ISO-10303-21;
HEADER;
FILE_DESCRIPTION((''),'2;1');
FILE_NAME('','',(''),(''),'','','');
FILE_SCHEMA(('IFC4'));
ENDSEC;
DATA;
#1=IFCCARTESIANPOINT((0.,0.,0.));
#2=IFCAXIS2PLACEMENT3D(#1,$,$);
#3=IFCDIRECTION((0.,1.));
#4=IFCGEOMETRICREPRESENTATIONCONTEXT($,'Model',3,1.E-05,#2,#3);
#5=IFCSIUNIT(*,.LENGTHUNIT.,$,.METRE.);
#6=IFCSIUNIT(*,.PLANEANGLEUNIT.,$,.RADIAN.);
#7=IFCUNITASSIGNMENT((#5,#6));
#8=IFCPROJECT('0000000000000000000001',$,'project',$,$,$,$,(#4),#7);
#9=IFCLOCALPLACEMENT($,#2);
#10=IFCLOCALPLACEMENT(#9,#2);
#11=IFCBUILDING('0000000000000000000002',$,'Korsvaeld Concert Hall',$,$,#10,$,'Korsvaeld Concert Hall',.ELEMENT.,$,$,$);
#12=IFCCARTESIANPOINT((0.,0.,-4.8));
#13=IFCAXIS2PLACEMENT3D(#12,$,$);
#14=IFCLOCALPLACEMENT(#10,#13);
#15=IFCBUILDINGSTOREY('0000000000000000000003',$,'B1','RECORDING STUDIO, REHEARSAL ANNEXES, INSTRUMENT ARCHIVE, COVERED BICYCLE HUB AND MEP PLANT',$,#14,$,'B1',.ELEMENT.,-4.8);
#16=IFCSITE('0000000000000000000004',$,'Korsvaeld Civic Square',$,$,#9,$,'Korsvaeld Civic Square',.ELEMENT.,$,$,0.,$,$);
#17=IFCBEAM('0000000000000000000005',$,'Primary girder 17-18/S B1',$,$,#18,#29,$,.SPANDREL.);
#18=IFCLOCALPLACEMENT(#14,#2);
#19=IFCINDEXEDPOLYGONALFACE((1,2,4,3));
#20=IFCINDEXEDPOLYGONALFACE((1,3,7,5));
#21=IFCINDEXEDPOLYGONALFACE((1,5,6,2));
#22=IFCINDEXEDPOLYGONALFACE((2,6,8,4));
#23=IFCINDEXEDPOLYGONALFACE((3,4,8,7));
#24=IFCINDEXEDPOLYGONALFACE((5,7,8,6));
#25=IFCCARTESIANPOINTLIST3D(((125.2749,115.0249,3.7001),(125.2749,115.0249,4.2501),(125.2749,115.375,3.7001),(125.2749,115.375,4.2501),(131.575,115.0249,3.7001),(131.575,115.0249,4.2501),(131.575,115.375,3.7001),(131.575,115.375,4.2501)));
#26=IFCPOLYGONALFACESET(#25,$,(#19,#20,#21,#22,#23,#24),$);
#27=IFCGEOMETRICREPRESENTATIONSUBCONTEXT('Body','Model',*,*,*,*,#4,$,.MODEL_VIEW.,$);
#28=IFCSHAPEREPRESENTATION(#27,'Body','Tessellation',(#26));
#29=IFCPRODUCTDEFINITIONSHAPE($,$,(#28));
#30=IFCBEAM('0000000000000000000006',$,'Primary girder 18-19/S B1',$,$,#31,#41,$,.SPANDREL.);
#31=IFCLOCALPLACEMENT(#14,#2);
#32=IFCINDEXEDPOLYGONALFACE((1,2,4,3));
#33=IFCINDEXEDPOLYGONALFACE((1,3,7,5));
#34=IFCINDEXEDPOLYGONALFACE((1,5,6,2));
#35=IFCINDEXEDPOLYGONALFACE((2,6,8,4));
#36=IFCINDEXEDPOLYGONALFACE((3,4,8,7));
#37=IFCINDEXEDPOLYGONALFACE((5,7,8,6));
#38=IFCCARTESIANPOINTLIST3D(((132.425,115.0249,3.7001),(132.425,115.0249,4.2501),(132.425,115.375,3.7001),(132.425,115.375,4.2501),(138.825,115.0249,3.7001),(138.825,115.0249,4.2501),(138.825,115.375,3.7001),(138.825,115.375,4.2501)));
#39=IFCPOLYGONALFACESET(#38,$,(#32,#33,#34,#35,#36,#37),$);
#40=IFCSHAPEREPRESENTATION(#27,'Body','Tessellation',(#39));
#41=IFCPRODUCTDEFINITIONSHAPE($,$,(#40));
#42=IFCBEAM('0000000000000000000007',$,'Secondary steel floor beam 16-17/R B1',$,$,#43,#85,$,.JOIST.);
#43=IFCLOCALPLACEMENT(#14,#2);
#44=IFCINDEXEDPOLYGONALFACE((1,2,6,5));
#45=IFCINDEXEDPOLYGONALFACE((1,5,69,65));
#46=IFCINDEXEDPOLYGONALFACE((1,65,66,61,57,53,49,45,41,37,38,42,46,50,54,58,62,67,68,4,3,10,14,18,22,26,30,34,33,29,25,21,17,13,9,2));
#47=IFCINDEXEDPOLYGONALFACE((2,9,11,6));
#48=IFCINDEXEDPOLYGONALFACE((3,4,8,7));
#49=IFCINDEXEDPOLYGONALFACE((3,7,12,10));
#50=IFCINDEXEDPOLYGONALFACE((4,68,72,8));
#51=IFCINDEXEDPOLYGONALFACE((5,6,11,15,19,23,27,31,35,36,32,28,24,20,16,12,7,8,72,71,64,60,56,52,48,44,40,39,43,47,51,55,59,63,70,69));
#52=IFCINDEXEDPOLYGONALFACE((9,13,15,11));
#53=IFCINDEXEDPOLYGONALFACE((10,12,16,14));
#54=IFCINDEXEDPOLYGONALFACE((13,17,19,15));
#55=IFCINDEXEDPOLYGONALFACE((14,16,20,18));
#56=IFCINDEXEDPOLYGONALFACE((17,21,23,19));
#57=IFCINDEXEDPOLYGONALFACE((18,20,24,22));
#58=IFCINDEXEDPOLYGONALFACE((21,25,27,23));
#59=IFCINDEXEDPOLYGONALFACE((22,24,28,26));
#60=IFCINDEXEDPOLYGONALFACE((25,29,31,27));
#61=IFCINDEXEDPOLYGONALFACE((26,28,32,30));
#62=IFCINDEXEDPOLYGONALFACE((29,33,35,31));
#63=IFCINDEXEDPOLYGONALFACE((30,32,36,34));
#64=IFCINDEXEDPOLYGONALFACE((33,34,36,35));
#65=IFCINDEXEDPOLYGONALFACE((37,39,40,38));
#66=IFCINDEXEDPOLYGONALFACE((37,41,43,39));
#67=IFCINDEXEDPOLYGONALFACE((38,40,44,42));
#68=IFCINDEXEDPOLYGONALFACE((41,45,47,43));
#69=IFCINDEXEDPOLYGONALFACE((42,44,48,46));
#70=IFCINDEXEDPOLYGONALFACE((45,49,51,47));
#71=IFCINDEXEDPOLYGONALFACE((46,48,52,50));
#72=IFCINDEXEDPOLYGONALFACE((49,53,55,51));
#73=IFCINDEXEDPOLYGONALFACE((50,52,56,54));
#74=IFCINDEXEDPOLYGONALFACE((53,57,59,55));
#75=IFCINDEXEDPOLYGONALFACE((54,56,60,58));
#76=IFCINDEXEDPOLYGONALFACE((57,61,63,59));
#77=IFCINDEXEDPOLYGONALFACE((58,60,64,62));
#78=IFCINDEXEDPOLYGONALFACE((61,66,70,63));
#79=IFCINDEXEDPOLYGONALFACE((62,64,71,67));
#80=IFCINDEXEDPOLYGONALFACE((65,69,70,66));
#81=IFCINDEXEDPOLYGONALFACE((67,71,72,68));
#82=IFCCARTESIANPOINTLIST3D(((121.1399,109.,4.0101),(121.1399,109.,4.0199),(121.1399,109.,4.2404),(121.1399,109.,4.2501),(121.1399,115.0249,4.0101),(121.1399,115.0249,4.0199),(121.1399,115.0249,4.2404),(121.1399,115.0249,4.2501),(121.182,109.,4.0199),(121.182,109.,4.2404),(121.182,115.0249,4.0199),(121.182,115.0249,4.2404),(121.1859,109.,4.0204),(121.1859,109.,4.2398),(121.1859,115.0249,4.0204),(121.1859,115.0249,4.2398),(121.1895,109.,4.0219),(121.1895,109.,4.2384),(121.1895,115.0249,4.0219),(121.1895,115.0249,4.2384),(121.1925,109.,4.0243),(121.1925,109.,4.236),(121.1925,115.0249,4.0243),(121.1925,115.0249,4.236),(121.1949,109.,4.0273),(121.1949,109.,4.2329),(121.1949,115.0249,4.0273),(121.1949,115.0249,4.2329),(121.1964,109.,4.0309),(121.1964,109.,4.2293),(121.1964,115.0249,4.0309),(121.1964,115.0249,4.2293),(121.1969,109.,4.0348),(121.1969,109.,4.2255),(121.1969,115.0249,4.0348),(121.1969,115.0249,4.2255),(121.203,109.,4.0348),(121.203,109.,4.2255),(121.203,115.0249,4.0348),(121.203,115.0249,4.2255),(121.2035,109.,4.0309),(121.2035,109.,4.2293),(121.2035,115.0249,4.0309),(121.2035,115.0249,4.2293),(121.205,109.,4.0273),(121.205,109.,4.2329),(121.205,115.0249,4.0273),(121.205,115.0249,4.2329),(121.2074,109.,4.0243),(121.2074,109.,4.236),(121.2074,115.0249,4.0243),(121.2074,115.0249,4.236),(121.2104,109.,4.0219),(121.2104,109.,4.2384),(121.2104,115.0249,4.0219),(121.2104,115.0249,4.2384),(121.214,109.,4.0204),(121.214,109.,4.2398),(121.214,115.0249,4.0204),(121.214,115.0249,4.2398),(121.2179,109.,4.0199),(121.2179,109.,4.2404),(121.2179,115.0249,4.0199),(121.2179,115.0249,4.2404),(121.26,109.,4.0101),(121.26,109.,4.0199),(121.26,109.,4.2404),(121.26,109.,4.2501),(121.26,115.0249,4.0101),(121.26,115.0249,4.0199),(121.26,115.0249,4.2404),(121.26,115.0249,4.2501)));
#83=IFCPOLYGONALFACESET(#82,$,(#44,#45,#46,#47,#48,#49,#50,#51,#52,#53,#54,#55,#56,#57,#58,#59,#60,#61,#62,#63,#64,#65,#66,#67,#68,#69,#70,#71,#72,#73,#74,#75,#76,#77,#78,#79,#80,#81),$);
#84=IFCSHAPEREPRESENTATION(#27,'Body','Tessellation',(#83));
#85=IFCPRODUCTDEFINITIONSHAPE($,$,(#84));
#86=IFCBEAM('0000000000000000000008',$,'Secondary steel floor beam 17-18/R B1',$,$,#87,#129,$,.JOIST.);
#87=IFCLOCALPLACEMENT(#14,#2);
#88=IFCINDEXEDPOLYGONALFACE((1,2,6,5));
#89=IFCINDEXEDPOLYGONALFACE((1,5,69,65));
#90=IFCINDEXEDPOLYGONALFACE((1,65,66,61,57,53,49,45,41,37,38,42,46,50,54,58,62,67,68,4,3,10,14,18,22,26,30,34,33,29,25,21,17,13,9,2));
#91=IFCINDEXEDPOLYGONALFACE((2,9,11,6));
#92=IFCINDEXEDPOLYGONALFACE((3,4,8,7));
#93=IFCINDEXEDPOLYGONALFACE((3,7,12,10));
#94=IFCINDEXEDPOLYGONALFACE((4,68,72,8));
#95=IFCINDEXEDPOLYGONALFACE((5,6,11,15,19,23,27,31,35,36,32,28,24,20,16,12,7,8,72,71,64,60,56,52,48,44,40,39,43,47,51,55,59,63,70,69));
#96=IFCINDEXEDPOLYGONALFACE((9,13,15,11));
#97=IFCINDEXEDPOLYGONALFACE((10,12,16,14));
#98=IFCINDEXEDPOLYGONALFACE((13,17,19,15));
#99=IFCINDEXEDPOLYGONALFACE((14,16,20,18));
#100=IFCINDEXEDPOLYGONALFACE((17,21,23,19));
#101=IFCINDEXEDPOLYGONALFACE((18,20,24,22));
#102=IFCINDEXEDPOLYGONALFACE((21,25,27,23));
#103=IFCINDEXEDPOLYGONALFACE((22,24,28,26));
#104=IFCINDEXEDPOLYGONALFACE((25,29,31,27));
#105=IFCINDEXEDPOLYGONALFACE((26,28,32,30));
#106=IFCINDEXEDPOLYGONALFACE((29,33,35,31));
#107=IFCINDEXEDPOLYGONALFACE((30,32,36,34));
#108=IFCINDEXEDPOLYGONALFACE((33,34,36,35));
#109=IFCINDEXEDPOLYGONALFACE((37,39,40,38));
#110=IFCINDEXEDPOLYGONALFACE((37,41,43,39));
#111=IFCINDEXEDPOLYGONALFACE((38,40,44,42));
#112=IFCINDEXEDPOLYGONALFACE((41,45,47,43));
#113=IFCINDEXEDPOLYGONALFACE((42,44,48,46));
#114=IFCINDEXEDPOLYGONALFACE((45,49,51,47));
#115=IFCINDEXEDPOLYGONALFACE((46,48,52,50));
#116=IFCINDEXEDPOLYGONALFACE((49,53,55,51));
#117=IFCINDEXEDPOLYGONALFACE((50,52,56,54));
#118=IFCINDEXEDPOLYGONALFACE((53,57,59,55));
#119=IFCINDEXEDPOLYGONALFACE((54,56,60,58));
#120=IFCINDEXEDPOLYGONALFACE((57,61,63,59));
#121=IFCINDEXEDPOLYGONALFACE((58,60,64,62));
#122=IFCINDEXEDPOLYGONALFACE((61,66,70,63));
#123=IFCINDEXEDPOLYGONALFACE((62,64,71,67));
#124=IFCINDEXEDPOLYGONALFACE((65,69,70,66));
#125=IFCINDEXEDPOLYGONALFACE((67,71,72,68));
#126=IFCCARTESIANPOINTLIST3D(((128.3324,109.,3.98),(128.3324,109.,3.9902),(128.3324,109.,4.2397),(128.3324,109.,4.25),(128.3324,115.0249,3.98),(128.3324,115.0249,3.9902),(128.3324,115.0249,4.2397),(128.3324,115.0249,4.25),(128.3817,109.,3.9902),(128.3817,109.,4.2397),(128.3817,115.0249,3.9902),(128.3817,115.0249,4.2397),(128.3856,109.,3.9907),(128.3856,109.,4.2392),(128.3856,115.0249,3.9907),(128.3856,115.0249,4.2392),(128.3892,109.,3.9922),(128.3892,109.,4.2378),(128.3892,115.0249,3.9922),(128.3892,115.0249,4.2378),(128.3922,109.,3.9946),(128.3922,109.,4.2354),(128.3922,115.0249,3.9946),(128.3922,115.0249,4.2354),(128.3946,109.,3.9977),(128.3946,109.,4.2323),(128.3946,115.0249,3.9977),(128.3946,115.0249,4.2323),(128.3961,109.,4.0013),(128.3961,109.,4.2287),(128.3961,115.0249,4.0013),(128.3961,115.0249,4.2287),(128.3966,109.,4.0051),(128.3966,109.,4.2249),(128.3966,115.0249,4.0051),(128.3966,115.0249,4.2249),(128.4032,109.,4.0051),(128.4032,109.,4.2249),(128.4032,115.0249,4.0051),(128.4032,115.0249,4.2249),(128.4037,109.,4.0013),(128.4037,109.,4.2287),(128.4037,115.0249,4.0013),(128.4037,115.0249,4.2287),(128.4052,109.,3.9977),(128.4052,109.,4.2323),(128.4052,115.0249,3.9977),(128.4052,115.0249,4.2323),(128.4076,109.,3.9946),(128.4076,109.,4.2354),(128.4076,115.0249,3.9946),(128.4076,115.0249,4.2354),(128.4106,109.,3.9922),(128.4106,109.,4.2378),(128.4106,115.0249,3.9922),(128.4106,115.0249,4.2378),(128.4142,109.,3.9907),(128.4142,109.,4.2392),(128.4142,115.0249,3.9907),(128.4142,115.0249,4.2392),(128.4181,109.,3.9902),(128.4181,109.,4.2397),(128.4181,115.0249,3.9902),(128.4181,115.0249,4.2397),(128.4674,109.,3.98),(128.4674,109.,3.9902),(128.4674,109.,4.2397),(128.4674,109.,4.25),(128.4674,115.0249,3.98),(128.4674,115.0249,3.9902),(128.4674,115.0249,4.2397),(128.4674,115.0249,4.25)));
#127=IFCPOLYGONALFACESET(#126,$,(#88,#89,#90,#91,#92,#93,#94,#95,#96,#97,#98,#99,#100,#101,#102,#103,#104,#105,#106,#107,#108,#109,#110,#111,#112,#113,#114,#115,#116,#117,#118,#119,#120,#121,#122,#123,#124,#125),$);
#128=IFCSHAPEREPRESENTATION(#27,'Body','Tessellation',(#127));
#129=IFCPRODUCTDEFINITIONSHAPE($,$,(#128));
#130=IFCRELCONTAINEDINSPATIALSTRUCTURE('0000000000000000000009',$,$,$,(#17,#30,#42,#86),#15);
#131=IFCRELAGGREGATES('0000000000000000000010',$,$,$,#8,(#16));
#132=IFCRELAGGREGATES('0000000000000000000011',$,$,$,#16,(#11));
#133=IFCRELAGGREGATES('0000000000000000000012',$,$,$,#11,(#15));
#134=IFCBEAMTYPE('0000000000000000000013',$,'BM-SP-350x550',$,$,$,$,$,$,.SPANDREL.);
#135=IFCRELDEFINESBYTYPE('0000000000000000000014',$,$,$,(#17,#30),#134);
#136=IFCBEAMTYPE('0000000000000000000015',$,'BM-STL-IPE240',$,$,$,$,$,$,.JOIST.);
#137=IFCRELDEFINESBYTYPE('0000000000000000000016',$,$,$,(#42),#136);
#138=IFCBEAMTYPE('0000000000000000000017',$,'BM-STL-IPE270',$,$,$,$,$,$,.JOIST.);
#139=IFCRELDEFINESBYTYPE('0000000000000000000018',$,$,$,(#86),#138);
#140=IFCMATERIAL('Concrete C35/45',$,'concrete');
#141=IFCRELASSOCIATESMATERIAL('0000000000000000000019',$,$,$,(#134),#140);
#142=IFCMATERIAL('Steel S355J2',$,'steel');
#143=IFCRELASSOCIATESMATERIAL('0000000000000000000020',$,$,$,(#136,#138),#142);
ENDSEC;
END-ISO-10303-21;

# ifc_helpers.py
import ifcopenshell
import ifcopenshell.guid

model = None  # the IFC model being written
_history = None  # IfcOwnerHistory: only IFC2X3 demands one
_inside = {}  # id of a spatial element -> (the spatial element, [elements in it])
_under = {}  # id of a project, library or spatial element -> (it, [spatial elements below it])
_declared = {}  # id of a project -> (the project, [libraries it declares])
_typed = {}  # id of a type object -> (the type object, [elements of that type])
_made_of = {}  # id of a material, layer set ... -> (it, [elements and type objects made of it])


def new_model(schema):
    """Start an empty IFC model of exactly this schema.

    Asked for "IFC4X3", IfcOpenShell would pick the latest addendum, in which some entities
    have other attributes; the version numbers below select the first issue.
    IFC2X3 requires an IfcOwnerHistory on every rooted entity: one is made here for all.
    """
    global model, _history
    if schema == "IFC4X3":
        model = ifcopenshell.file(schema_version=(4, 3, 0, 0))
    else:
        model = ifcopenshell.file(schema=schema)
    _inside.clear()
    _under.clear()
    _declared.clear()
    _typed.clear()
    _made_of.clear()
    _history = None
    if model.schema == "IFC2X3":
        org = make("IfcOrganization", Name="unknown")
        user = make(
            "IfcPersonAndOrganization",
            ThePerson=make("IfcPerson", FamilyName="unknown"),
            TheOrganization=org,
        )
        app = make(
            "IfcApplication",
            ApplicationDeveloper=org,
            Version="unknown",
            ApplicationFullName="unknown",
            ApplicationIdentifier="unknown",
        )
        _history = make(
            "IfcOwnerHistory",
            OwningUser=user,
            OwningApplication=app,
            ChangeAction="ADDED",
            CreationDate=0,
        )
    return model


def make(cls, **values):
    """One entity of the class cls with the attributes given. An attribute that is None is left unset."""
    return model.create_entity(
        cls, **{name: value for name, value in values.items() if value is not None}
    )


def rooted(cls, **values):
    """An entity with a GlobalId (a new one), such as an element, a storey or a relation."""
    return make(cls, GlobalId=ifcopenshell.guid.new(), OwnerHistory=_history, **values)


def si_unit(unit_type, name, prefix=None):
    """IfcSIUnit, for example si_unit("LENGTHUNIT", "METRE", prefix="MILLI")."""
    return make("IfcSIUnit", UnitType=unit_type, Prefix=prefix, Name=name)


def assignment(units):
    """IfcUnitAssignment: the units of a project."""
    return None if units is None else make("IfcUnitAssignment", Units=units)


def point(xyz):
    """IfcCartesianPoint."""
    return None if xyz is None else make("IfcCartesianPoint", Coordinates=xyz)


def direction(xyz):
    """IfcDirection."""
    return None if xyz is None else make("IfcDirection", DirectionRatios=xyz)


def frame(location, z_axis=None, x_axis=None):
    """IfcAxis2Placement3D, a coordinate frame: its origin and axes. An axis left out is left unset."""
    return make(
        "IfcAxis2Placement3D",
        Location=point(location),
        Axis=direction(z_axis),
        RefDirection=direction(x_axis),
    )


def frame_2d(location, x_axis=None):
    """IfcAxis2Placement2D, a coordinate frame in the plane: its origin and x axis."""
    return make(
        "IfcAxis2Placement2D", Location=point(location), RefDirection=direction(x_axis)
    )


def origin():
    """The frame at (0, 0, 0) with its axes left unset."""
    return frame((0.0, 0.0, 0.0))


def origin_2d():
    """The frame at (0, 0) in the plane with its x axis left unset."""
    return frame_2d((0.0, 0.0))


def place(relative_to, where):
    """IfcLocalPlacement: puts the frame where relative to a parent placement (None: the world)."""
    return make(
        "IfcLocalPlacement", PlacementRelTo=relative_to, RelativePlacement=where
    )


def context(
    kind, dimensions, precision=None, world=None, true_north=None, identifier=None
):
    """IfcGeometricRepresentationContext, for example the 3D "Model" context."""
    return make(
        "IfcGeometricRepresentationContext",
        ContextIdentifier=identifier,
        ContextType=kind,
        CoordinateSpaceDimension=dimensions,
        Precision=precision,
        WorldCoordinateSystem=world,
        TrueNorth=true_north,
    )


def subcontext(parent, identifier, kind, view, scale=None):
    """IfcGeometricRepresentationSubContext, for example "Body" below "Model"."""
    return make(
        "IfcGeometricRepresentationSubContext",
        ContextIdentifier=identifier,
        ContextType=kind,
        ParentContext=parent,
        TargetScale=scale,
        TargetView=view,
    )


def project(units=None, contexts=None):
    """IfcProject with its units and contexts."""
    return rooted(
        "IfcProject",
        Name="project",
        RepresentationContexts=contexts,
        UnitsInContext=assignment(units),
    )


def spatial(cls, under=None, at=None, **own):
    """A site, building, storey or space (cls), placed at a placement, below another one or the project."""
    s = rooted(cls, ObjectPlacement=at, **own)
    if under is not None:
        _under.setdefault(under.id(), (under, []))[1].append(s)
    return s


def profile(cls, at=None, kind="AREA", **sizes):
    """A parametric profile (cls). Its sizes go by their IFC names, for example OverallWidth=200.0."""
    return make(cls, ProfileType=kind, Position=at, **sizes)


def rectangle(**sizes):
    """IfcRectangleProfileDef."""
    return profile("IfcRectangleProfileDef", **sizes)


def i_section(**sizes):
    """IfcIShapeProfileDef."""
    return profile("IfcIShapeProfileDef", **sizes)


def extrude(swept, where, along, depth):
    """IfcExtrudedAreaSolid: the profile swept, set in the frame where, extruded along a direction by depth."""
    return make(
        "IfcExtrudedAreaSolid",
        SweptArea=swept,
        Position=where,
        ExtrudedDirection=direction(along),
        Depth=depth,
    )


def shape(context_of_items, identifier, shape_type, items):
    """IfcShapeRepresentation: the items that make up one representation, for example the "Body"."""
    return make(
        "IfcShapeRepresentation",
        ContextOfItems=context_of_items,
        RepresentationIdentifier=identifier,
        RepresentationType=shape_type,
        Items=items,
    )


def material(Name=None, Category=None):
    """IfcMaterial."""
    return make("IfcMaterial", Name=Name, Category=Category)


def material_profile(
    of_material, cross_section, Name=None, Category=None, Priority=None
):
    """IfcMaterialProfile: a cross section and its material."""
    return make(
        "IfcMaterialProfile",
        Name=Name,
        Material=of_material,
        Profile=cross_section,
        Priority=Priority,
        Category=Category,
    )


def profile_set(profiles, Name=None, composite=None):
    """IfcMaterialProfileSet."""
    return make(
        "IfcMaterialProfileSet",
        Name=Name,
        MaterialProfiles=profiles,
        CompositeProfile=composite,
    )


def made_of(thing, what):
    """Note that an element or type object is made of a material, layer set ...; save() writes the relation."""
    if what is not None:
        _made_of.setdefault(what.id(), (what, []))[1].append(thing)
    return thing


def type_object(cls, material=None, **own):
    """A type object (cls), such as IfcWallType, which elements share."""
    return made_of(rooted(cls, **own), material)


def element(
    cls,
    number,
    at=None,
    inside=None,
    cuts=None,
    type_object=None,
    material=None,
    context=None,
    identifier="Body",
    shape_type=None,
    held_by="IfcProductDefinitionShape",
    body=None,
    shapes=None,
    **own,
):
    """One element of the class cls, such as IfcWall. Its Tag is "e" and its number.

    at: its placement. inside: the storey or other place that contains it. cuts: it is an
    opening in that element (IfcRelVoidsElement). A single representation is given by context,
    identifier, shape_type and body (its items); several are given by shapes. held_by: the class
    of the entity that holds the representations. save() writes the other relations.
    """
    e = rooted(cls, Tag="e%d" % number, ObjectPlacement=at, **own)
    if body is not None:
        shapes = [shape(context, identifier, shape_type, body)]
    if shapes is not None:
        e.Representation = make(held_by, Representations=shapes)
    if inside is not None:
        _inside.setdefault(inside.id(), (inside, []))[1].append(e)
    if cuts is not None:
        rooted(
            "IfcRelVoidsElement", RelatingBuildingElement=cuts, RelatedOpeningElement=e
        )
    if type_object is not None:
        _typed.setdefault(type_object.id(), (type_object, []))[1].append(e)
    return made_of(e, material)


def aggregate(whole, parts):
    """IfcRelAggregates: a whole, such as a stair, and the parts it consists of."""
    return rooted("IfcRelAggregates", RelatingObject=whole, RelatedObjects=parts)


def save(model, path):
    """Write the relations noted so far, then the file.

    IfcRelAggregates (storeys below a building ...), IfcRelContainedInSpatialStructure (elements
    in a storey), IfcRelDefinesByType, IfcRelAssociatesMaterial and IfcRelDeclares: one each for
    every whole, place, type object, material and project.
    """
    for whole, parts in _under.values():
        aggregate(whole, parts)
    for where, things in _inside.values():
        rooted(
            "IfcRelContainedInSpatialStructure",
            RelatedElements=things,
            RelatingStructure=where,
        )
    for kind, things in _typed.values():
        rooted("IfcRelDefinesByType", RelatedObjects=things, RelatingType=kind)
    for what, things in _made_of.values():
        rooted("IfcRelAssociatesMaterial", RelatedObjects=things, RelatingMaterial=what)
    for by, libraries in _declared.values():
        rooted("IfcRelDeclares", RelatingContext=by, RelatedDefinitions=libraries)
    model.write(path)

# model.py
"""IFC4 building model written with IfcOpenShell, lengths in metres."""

from ifc_helpers import new_model, si_unit, direction, frame, origin, origin_2d, place, context, subcontext, project, spatial, rectangle, i_section, extrude, material, material_profile, profile_set, type_object, element, save


model = new_model("IFC4")

# Units and contexts
model_context = context("Model", 3, precision=1e-05, world=origin(), true_north=direction((0.0, 1.0)))
body_context = subcontext(model_context, "Body", "Model", "MODEL_VIEW")
ifc_project = project(units=[si_unit("LENGTHUNIT", "METRE"), si_unit("PLANEANGLEUNIT", "RADIAN")], contexts=[model_context])

# Site, building, storey
site_placement = place(None, origin())
site = spatial("IfcSite", under=ifc_project, at=site_placement, Name="Korsvaeld Civic Square", LongName="Korsvaeld Civic Square", CompositionType="ELEMENT", RefElevation=0.0)
building_placement = place(site_placement, origin())
building = spatial("IfcBuilding", under=site, at=building_placement, Name="Korsvaeld Concert Hall", LongName="Korsvaeld Concert Hall", CompositionType="ELEMENT")
storey_placement = place(building_placement, frame((0.0, 0.0, -4.8)))
storey = spatial("IfcBuildingStorey", under=building, at=storey_placement, Name="B1", Description="RECORDING STUDIO, REHEARSAL ANNEXES, INSTRUMENT ARCHIVE, COVERED BICYCLE HUB AND MEP PLANT", LongName="B1", CompositionType="ELEMENT", Elevation=-4.8)

# Shared definitions
ifc_material_1 = material(Name="Concrete C35/45", Category="concrete")

# Beams
ifc_material_profile_1 = material_profile(ifc_material_1, rectangle(XDim=0.3501, YDim=0.55, at=origin_2d()), Name="RC 350x550")
ifc_profile_set_1 = profile_set([ifc_material_profile_1], Name="Concrete C35/45")
beam_type_1 = type_object("IfcBeamType", Name="BM-SP-350x550", PredefinedType="SPANDREL", material=ifc_profile_set_1)
beam_1_placement = place(storey_placement, frame((125.2749, 115.2, 3.9751), z_axis=(1.0, 0.0, 0.0), x_axis=(0.0, 1.0, 0.0)))
element("IfcBeam", 1, at=beam_1_placement, inside=storey, type_object=beam_type_1, Name="Primary girder 17-18/S B1", PredefinedType="SPANDREL", context=body_context, shape_type="SweptSolid", body=[
    extrude(rectangle(XDim=0.3501, YDim=0.55, at=origin_2d()), origin(), (0.0, 0.0, 1.0), 6.3),
])
beam_2_placement = place(storey_placement, frame((132.425, 115.2, 3.9751), z_axis=(1.0, 0.0, 0.0), x_axis=(0.0, 1.0, 0.0)))
element("IfcBeam", 2, at=beam_2_placement, inside=storey, type_object=beam_type_1, Name="Primary girder 18-19/S B1", PredefinedType="SPANDREL", context=body_context, shape_type="SweptSolid", body=[
    extrude(rectangle(XDim=0.3501, YDim=0.55, at=origin_2d()), origin(), (0.0, 0.0, 1.0), 6.3999),
])
ifc_material_2 = material(Name="Steel S355J2", Category="steel")
ifc_material_profile_2 = material_profile(ifc_material_2, i_section(OverallWidth=0.1201, OverallDepth=0.24, WebThickness=0.0061, FlangeThickness=0.0098, FilletRadius=0.0149, at=origin_2d()), Name="IPE 240")
ifc_profile_set_2 = profile_set([ifc_material_profile_2], Name="Steel S355J2")
beam_type_2 = type_object("IfcBeamType", Name="BM-STL-IPE240", PredefinedType="JOIST", material=ifc_profile_set_2)
beam_3_placement = place(storey_placement, frame((121.2, 109.0, 4.1301), z_axis=(0.0, 1.0, 0.0), x_axis=(-1.0, 0.0, 0.0)))
element("IfcBeam", 3, at=beam_3_placement, inside=storey, type_object=beam_type_2, Name="Secondary steel floor beam 16-17/R B1", PredefinedType="JOIST", context=body_context, shape_type="SweptSolid", body=[
    extrude(i_section(OverallWidth=0.1201, OverallDepth=0.24, WebThickness=0.0061, FlangeThickness=0.0098, FilletRadius=0.0149, at=origin_2d()), origin(), (0.0, 0.0, 1.0), 6.0249),
])
ifc_material_profile_3 = material_profile(ifc_material_2, i_section(OverallWidth=0.135, OverallDepth=0.27, WebThickness=0.0066, FlangeThickness=0.0103, FilletRadius=0.0149, at=origin_2d()), Name="IPE 270")
ifc_profile_set_3 = profile_set([ifc_material_profile_3], Name="Steel S355J2")
beam_type_3 = type_object("IfcBeamType", Name="BM-STL-IPE270", PredefinedType="JOIST", material=ifc_profile_set_3)
beam_4_placement = place(storey_placement, frame((128.3999, 109.0, 4.115), z_axis=(0.0, 1.0, 0.0), x_axis=(-1.0, 0.0, 0.0)))
element("IfcBeam", 4, at=beam_4_placement, inside=storey, type_object=beam_type_3, Name="Secondary steel floor beam 17-18/R B1", PredefinedType="JOIST", context=body_context, shape_type="SweptSolid", body=[
    extrude(i_section(OverallWidth=0.135, OverallDepth=0.27, WebThickness=0.0066, FlangeThickness=0.0103, FilletRadius=0.0149, at=origin_2d()), origin(), (0.0, 0.0, 1.0), 6.0249),
])

save(model, "model.ifc")
